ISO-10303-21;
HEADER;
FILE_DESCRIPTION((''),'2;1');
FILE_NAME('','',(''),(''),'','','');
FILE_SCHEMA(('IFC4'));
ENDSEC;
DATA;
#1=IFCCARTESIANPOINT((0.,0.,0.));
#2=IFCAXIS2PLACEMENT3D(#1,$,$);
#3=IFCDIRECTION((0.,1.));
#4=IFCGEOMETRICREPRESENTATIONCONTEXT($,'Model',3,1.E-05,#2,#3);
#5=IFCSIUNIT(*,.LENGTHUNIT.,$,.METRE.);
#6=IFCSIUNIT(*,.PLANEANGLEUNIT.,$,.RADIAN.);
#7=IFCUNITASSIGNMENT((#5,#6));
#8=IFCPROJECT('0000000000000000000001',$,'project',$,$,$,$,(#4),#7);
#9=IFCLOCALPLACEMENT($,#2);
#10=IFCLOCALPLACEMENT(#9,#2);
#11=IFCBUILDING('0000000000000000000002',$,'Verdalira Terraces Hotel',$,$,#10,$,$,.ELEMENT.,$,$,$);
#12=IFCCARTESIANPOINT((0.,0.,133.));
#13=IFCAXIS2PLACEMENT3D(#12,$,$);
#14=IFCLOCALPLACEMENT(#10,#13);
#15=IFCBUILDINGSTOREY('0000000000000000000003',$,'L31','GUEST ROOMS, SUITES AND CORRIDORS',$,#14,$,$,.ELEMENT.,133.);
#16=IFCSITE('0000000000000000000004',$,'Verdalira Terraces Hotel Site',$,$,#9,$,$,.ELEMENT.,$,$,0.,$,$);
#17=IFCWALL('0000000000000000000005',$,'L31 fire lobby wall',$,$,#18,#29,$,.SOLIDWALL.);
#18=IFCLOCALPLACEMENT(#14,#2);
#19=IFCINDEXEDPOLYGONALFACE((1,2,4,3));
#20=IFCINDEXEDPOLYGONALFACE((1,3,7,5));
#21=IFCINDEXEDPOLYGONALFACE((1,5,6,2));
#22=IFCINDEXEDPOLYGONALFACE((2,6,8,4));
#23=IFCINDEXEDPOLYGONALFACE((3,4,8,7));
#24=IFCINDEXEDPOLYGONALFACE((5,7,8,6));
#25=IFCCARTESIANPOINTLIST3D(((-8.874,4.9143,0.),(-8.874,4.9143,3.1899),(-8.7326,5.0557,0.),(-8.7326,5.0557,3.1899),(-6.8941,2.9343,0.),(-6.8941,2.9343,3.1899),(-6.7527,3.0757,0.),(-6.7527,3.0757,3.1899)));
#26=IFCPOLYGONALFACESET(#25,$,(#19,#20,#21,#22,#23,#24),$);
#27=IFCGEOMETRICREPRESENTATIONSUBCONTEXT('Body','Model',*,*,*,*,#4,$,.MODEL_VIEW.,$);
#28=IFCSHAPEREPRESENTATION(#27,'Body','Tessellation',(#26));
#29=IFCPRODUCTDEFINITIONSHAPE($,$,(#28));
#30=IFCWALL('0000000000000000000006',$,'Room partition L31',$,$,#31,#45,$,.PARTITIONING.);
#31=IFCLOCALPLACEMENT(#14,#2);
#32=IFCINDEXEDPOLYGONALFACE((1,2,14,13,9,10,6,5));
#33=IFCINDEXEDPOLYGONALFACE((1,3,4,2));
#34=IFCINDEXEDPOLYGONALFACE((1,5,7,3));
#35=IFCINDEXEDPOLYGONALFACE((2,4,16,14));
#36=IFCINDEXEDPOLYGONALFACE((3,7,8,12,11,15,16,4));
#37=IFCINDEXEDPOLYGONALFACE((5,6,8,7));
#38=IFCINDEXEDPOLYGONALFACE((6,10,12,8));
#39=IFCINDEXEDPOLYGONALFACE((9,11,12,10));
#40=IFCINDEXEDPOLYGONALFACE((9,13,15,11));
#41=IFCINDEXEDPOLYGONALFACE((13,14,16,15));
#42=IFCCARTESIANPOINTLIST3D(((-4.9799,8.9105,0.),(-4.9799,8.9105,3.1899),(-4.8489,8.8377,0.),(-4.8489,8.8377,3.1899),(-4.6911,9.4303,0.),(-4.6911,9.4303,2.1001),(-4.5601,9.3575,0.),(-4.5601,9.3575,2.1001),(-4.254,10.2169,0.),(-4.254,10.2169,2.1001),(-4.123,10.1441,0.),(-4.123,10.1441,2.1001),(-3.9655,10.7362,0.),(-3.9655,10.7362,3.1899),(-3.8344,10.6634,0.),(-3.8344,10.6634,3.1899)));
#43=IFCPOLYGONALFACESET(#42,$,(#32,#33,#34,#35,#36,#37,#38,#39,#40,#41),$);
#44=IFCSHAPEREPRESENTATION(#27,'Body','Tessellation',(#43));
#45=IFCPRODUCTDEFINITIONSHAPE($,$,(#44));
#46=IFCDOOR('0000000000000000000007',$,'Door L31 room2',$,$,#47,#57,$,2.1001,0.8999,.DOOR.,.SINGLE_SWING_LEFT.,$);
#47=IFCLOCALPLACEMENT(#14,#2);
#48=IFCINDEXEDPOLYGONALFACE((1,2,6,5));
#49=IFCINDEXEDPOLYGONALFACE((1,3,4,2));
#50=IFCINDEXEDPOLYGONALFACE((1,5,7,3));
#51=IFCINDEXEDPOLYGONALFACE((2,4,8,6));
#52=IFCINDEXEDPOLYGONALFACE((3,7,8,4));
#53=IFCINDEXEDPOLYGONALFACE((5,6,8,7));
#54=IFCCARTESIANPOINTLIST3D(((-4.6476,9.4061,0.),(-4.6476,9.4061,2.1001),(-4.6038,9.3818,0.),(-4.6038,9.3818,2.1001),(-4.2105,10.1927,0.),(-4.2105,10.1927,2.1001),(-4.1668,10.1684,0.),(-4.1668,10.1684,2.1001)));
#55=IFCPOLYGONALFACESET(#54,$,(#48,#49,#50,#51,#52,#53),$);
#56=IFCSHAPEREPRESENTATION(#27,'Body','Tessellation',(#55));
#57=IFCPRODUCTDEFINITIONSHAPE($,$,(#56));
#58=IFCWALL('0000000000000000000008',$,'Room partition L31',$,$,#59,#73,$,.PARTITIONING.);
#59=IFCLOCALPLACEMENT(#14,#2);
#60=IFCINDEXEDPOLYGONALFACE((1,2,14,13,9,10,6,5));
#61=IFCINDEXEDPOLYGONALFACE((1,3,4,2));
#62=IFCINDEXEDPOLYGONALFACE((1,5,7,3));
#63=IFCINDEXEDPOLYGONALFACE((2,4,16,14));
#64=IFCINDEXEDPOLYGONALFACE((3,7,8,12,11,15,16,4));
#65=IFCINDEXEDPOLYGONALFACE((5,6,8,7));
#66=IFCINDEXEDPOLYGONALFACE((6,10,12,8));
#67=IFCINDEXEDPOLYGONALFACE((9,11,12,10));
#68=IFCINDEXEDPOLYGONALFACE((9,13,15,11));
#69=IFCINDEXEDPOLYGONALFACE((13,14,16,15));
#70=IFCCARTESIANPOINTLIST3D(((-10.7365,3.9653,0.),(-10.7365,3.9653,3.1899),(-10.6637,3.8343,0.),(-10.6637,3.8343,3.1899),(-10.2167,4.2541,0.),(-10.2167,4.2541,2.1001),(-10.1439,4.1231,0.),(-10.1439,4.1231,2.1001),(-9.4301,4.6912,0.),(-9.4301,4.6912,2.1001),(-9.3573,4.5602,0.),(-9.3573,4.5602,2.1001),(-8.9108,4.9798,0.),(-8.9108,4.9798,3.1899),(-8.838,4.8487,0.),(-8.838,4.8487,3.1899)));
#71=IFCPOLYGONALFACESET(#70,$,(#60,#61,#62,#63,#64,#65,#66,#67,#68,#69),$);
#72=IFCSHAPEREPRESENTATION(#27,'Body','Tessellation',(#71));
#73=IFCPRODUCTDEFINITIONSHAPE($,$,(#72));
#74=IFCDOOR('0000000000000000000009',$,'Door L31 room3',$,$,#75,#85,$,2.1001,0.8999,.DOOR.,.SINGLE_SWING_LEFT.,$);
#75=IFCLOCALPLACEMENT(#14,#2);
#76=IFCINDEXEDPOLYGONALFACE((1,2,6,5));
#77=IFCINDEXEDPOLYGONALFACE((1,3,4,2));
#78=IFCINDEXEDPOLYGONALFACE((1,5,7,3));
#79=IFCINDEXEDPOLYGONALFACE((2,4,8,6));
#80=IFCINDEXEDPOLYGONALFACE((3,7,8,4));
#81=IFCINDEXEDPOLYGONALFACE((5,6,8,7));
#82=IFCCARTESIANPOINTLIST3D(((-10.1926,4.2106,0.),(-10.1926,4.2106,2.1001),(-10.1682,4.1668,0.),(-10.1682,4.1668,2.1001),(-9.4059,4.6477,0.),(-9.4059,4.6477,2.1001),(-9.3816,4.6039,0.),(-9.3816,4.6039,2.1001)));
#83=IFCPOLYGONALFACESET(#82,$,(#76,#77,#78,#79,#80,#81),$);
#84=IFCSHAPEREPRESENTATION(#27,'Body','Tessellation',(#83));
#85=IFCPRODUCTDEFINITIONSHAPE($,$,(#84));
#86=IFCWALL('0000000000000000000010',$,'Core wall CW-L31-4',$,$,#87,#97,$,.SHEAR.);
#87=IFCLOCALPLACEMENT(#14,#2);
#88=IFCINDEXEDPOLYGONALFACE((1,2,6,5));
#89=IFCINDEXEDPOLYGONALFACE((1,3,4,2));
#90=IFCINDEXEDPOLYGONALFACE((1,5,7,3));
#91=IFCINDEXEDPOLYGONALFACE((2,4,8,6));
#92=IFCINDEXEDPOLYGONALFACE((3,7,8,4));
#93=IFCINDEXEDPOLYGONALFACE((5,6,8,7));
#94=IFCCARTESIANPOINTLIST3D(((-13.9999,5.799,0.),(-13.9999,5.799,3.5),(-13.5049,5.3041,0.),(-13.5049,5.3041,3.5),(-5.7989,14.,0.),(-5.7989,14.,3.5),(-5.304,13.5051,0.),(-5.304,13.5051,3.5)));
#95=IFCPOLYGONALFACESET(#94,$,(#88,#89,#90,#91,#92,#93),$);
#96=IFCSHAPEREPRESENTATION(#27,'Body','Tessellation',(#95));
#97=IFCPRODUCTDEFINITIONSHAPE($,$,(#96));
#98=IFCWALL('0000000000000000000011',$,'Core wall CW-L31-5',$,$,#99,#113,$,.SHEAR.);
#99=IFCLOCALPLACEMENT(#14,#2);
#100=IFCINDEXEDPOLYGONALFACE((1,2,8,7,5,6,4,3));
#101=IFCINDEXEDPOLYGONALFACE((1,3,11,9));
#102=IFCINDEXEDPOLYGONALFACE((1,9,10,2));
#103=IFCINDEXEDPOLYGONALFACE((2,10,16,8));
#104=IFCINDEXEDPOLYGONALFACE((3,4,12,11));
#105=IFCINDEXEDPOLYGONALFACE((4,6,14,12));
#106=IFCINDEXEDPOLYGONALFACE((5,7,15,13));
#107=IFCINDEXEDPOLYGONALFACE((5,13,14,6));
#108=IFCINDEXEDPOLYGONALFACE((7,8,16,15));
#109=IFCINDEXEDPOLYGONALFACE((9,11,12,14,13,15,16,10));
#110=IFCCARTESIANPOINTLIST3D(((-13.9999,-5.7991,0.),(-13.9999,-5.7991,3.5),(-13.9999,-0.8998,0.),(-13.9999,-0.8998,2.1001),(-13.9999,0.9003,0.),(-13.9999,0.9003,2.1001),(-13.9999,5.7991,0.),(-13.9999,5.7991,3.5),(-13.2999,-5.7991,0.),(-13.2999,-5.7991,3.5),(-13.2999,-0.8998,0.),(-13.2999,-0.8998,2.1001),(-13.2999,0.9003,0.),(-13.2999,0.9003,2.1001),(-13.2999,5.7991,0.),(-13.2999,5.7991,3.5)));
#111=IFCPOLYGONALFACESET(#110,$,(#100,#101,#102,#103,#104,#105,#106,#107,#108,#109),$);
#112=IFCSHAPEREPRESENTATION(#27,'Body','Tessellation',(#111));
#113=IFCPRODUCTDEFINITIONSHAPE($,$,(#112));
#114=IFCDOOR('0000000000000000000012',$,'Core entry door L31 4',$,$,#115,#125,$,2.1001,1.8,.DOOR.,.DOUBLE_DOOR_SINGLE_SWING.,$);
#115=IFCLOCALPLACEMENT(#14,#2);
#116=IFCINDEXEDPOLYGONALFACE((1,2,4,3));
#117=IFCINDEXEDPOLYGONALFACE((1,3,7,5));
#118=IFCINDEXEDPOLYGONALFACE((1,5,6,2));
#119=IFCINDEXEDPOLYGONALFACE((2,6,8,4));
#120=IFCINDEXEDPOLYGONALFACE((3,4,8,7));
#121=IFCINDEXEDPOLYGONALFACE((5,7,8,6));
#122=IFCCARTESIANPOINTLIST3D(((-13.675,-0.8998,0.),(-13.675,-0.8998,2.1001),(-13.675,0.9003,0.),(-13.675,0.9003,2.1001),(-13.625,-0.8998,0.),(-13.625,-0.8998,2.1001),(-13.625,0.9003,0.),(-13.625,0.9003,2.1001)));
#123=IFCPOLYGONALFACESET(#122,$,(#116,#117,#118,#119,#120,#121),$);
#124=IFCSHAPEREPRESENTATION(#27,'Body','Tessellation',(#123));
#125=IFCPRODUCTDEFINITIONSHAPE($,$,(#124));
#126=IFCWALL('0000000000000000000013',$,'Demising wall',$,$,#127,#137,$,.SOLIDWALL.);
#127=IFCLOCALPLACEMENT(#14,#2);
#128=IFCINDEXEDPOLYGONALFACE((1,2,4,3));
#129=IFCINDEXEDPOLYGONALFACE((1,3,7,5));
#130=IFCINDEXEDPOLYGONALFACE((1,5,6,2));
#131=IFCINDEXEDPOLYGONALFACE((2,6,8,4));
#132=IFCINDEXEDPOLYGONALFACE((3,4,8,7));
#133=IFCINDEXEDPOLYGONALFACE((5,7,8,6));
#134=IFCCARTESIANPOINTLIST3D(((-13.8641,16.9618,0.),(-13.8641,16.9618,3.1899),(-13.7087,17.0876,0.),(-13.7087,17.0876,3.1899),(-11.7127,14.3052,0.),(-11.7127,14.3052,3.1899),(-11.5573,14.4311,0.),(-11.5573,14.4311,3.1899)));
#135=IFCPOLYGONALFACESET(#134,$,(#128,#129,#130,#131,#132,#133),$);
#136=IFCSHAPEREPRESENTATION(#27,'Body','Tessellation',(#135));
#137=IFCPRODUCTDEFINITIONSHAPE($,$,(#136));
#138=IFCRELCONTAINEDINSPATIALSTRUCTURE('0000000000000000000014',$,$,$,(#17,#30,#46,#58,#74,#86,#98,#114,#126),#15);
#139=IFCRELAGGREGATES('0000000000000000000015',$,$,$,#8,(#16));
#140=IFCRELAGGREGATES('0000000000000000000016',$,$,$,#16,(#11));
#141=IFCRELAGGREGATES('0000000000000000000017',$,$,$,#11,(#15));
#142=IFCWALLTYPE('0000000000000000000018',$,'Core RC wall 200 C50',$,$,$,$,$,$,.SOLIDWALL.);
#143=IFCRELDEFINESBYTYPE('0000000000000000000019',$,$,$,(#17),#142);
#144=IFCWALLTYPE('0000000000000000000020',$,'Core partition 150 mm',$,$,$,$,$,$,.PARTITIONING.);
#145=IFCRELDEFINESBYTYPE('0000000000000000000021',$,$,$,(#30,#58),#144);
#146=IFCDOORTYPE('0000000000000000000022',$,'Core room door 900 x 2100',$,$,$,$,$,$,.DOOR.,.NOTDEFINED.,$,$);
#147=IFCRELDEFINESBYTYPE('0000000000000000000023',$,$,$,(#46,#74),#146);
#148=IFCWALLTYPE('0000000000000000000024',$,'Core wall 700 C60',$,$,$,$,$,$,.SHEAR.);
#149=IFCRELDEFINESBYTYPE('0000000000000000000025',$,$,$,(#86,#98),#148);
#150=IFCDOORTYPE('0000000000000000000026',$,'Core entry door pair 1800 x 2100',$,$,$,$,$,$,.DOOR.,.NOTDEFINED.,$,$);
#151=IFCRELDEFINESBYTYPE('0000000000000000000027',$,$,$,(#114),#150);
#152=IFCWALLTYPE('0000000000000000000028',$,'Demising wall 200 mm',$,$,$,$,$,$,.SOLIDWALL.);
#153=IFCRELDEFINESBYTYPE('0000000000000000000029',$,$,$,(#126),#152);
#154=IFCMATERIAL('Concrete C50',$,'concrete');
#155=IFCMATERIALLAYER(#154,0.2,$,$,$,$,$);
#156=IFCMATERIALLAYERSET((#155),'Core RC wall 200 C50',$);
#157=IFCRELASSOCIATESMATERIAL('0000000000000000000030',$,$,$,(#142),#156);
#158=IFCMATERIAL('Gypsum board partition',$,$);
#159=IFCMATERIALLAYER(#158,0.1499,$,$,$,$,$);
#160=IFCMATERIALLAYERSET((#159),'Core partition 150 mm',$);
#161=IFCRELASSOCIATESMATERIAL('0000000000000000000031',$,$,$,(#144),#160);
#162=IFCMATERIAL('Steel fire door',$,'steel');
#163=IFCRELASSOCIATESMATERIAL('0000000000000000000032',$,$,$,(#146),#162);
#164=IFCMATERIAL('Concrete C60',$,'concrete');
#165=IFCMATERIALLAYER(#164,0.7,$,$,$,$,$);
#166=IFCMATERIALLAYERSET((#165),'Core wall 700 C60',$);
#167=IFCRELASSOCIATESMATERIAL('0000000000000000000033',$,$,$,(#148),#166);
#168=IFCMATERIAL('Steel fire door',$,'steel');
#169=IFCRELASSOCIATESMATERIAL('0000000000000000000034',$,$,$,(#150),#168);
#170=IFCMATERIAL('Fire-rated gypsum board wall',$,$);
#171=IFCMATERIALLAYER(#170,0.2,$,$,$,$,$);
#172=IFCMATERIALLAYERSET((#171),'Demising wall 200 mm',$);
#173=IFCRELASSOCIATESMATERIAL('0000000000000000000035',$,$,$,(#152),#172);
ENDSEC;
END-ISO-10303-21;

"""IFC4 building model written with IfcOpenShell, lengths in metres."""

from ifc_helpers import new_model, si_unit, direction, frame, frame_2d, origin, place, context, subcontext, project, spatial, rectangle, extrude, material, layer, layer_set, type_object, element, fill, save


model = new_model("IFC4")

# Units and contexts
model_context = context("Model", 3, precision=1e-05, world=origin(), true_north=direction((0.0, 1.0)))
body_context = subcontext(model_context, "Body", "Model", "MODEL_VIEW")
ifc_project = project(units=[si_unit("LENGTHUNIT", "METRE"), si_unit("PLANEANGLEUNIT", "RADIAN")], contexts=[model_context])

# Site, building, storey
site_placement = place(None, origin())
site = spatial("IfcSite", under=ifc_project, at=site_placement, Name="Verdalira Terraces Hotel Site", CompositionType="ELEMENT", RefElevation=0.0)
building_placement = place(site_placement, origin())
building = spatial("IfcBuilding", under=site, at=building_placement, Name="Verdalira Terraces Hotel", CompositionType="ELEMENT")
storey_placement = place(building_placement, frame((0.0, 0.0, 133.0)))
storey = spatial("IfcBuildingStorey", under=building, at=storey_placement, Name="L31", Description="GUEST ROOMS, SUITES AND CORRIDORS", CompositionType="ELEMENT", Elevation=133.0)

# Shared definitions
ifc_material_1 = material(Name="Concrete C50", Category="concrete")
ifc_layer_1 = layer(ifc_material_1, 0.2)
ifc_layer_set_1 = layer_set([ifc_layer_1], Name="Core RC wall 200 C50")
wall_type_1 = type_object("IfcWallType", Name="Core RC wall 200 C50", PredefinedType="SOLIDWALL", material=ifc_layer_set_1)

# Wall
for number, where, z_axis, x_axis, name in (
    (1, (-6.8235, 3.0051, 0.0), (0.0, 0.0, 1.0), (-0.707107, 0.707107, 0.0), "L31 fire lobby wall"),
):
    element("IfcWall", number, at=place(storey_placement, frame(where, z_axis=z_axis, x_axis=x_axis)), inside=storey, type_object=wall_type_1, Name=name, PredefinedType="SOLIDWALL", context=body_context, shape_type="SweptSolid", body=[
        extrude(rectangle(XDim=2.8, YDim=0.2, at=frame_2d((1.3999, 0.0))), origin(), (0.0, 0.0, 1.0), 3.1899),
    ])

# Walls, openings, doors
ifc_material_2 = material(Name="Gypsum board partition")
ifc_layer_2 = layer(ifc_material_2, 0.1499)
ifc_layer_set_2 = layer_set([ifc_layer_2], Name="Core partition 150 mm")
wall_type_2 = type_object("IfcWallType", Name="Core partition 150 mm", PredefinedType="PARTITIONING", material=ifc_layer_set_2)
wall_1_placement = place(storey_placement, frame((-3.8999, 10.7, 0.0), z_axis=(0.0, 0.0, 1.0), x_axis=(-0.485693, -0.87413, 0.0)))
wall_1 = element("IfcWall", 2, at=wall_1_placement, inside=storey, type_object=wall_type_2, Name="Room partition L31", PredefinedType="PARTITIONING", context=body_context, shape_type="SweptSolid", body=[
    extrude(rectangle(XDim=2.0886, YDim=0.1499, at=frame_2d((1.0444, 0.0))), origin(), (0.0, 0.0, 1.0), 3.1899),
])
opening_1_placement = place(wall_1_placement, frame((0.5942, 0.0, 0.0)))
opening_1 = element("IfcOpeningElement", 3, at=opening_1_placement, cuts=wall_1, PredefinedType="OPENING", context=body_context, shape_type="SweptSolid", body=[
    extrude(rectangle(XDim=0.8999, YDim=2.1001, at=frame_2d((0.45, 1.05))), frame((0.0, 0.085, 0.0), z_axis=(0.0, -1.0, 0.0), x_axis=(1.0, 0.0, 0.0)), (0.0, 0.0, 1.0), 0.1699),
])
ifc_material_3 = material(Name="Steel fire door", Category="steel")
door_type_1 = type_object("IfcDoorType", Name="Core room door 900 x 2100", OperationType="NOTDEFINED", PredefinedType="DOOR", material=ifc_material_3)
door_1_placement = place(opening_1_placement, origin())
door_1 = element("IfcDoor", 4, at=door_1_placement, inside=storey, type_object=door_type_1, Name="Door L31 room2", OperationType="SINGLE_SWING_LEFT", OverallHeight=2.1001, OverallWidth=0.8999, PredefinedType="DOOR", context=body_context, shape_type="SweptSolid", body=[
    extrude(rectangle(XDim=0.8999, YDim=2.1001, at=frame_2d((0.45, 1.05))), frame((0.0, 0.0249, 0.0), z_axis=(0.0, -1.0, 0.0), x_axis=(1.0, 0.0, 0.0)), (0.0, 0.0, 1.0), 0.05),
])
fill(opening_1, door_1)
wall_2_placement = place(storey_placement, frame((-8.8743, 4.9143, 0.0), z_axis=(0.0, 0.0, 1.0), x_axis=(-0.87413, -0.485693, 0.0)))
wall_2 = element("IfcWall", 5, at=wall_2_placement, inside=storey, type_object=wall_type_2, Name="Room partition L31", PredefinedType="PARTITIONING", context=body_context, shape_type="SweptSolid", body=[
    extrude(rectangle(XDim=2.0886, YDim=0.1499, at=frame_2d((1.0444, 0.0))), origin(), (0.0, 0.0, 1.0), 3.1899),
])
opening_2_placement = place(wall_2_placement, frame((0.5942, 0.0, 0.0)))
opening_2 = element("IfcOpeningElement", 6, at=opening_2_placement, cuts=wall_2, PredefinedType="OPENING", context=body_context, shape_type="SweptSolid", body=[
    extrude(rectangle(XDim=0.8999, YDim=2.1001, at=frame_2d((0.45, 1.05))), frame((0.0, 0.085, 0.0), z_axis=(0.0, -1.0, 0.0), x_axis=(1.0, 0.0, 0.0)), (0.0, 0.0, 1.0), 0.1699),
])
door_2_placement = place(opening_2_placement, origin())
door_2 = element("IfcDoor", 7, at=door_2_placement, inside=storey, type_object=door_type_1, Name="Door L31 room3", OperationType="SINGLE_SWING_LEFT", OverallHeight=2.1001, OverallWidth=0.8999, PredefinedType="DOOR", context=body_context, shape_type="SweptSolid", body=[
    extrude(rectangle(XDim=0.8999, YDim=2.1001, at=frame_2d((0.45, 1.05))), frame((0.0, 0.0249, 0.0), z_axis=(0.0, -1.0, 0.0), x_axis=(1.0, 0.0, 0.0)), (0.0, 0.0, 1.0), 0.05),
])
fill(opening_2, door_2)

# Wall
ifc_material_4 = material(Name="Concrete C60", Category="concrete")
ifc_layer_3 = layer(ifc_material_4, 0.7)
ifc_layer_set_3 = layer_set([ifc_layer_3], Name="Core wall 700 C60")
wall_type_3 = type_object("IfcWallType", Name="Core wall 700 C60", PredefinedType="SHEAR", material=ifc_layer_set_3)
wall_3_placement = place(storey_placement, frame((-5.5515, 13.7524, 0.0), z_axis=(0.0, 0.0, 1.0), x_axis=(-0.707107, -0.707107, 0.0)))
element("IfcWall", 8, at=wall_3_placement, inside=storey, type_object=wall_type_3, Name="Core wall CW-L31-4", PredefinedType="SHEAR", context=body_context, shape_type="SweptSolid", body=[
    extrude(rectangle(XDim=11.5979, YDim=0.7, at=frame_2d((5.7988, 0.0))), origin(), (0.0, 0.0, 1.0), 3.5),
])

# Wall, opening, door
wall_4_placement = place(storey_placement, frame((-13.6499, 5.7991, 0.0), z_axis=(0.0, 0.0, 1.0), x_axis=(0.0, -1.0, 0.0)))
wall_4 = element("IfcWall", 9, at=wall_4_placement, inside=storey, type_object=wall_type_3, Name="Core wall CW-L31-5", PredefinedType="SHEAR", context=body_context, shape_type="SweptSolid", body=[
    extrude(rectangle(XDim=11.5981, YDim=0.7, at=frame_2d((5.7991, 0.0))), origin(), (0.0, 0.0, 1.0), 3.5),
])
opening_3_placement = place(wall_4_placement, frame((4.8989, 0.0, 0.0)))
opening_3 = element("IfcOpeningElement", 10, at=opening_3_placement, cuts=wall_4, PredefinedType="OPENING", context=body_context, shape_type="SweptSolid", body=[
    extrude(rectangle(XDim=1.8, YDim=2.1001, at=frame_2d((0.8999, 1.05))), frame((0.0, 0.3599, 0.0), z_axis=(0.0, -1.0, 0.0), x_axis=(1.0, 0.0, 0.0)), (0.0, 0.0, 1.0), 0.72),
])
ifc_material_5 = material(Name="Steel fire door", Category="steel")
door_type_2 = type_object("IfcDoorType", Name="Core entry door pair 1800 x 2100", OperationType="NOTDEFINED", PredefinedType="DOOR", material=ifc_material_5)
door_3_placement = place(opening_3_placement, origin())
door_3 = element("IfcDoor", 11, at=door_3_placement, inside=storey, type_object=door_type_2, Name="Core entry door L31 4", OperationType="DOUBLE_DOOR_SINGLE_SWING", OverallHeight=2.1001, OverallWidth=1.8, PredefinedType="DOOR", context=body_context, shape_type="SweptSolid", body=[
    extrude(rectangle(XDim=1.8, YDim=2.1001, at=frame_2d((0.8999, 1.05))), frame((0.0, 0.0249, 0.0), z_axis=(0.0, -1.0, 0.0), x_axis=(1.0, 0.0, 0.0)), (0.0, 0.0, 1.0), 0.05),
])
fill(opening_3, door_3)

# Wall
ifc_material_6 = material(Name="Fire-rated gypsum board wall")
ifc_layer_4 = layer(ifc_material_6, 0.2)
ifc_layer_set_4 = layer_set([ifc_layer_4], Name="Demising wall 200 mm")
wall_type_4 = type_object("IfcWallType", Name="Demising wall 200 mm", PredefinedType="SOLIDWALL", material=ifc_layer_set_4)
wall_5_placement = place(storey_placement, frame((-11.635, 14.3682, 0.0), z_axis=(0.0, 0.0, 1.0), x_axis=(-0.629352, 0.77712, 0.0)))
element("IfcWall", 12, at=wall_5_placement, inside=storey, type_object=wall_type_4, Name="Demising wall", PredefinedType="SOLIDWALL", context=body_context, shape_type="SweptSolid", body=[
    extrude(rectangle(XDim=3.4185, YDim=0.2, at=frame_2d((1.7092, 0.0))), origin(), (0.0, 0.0, 1.0), 3.1899),
])

save(model, "model.ifc")
